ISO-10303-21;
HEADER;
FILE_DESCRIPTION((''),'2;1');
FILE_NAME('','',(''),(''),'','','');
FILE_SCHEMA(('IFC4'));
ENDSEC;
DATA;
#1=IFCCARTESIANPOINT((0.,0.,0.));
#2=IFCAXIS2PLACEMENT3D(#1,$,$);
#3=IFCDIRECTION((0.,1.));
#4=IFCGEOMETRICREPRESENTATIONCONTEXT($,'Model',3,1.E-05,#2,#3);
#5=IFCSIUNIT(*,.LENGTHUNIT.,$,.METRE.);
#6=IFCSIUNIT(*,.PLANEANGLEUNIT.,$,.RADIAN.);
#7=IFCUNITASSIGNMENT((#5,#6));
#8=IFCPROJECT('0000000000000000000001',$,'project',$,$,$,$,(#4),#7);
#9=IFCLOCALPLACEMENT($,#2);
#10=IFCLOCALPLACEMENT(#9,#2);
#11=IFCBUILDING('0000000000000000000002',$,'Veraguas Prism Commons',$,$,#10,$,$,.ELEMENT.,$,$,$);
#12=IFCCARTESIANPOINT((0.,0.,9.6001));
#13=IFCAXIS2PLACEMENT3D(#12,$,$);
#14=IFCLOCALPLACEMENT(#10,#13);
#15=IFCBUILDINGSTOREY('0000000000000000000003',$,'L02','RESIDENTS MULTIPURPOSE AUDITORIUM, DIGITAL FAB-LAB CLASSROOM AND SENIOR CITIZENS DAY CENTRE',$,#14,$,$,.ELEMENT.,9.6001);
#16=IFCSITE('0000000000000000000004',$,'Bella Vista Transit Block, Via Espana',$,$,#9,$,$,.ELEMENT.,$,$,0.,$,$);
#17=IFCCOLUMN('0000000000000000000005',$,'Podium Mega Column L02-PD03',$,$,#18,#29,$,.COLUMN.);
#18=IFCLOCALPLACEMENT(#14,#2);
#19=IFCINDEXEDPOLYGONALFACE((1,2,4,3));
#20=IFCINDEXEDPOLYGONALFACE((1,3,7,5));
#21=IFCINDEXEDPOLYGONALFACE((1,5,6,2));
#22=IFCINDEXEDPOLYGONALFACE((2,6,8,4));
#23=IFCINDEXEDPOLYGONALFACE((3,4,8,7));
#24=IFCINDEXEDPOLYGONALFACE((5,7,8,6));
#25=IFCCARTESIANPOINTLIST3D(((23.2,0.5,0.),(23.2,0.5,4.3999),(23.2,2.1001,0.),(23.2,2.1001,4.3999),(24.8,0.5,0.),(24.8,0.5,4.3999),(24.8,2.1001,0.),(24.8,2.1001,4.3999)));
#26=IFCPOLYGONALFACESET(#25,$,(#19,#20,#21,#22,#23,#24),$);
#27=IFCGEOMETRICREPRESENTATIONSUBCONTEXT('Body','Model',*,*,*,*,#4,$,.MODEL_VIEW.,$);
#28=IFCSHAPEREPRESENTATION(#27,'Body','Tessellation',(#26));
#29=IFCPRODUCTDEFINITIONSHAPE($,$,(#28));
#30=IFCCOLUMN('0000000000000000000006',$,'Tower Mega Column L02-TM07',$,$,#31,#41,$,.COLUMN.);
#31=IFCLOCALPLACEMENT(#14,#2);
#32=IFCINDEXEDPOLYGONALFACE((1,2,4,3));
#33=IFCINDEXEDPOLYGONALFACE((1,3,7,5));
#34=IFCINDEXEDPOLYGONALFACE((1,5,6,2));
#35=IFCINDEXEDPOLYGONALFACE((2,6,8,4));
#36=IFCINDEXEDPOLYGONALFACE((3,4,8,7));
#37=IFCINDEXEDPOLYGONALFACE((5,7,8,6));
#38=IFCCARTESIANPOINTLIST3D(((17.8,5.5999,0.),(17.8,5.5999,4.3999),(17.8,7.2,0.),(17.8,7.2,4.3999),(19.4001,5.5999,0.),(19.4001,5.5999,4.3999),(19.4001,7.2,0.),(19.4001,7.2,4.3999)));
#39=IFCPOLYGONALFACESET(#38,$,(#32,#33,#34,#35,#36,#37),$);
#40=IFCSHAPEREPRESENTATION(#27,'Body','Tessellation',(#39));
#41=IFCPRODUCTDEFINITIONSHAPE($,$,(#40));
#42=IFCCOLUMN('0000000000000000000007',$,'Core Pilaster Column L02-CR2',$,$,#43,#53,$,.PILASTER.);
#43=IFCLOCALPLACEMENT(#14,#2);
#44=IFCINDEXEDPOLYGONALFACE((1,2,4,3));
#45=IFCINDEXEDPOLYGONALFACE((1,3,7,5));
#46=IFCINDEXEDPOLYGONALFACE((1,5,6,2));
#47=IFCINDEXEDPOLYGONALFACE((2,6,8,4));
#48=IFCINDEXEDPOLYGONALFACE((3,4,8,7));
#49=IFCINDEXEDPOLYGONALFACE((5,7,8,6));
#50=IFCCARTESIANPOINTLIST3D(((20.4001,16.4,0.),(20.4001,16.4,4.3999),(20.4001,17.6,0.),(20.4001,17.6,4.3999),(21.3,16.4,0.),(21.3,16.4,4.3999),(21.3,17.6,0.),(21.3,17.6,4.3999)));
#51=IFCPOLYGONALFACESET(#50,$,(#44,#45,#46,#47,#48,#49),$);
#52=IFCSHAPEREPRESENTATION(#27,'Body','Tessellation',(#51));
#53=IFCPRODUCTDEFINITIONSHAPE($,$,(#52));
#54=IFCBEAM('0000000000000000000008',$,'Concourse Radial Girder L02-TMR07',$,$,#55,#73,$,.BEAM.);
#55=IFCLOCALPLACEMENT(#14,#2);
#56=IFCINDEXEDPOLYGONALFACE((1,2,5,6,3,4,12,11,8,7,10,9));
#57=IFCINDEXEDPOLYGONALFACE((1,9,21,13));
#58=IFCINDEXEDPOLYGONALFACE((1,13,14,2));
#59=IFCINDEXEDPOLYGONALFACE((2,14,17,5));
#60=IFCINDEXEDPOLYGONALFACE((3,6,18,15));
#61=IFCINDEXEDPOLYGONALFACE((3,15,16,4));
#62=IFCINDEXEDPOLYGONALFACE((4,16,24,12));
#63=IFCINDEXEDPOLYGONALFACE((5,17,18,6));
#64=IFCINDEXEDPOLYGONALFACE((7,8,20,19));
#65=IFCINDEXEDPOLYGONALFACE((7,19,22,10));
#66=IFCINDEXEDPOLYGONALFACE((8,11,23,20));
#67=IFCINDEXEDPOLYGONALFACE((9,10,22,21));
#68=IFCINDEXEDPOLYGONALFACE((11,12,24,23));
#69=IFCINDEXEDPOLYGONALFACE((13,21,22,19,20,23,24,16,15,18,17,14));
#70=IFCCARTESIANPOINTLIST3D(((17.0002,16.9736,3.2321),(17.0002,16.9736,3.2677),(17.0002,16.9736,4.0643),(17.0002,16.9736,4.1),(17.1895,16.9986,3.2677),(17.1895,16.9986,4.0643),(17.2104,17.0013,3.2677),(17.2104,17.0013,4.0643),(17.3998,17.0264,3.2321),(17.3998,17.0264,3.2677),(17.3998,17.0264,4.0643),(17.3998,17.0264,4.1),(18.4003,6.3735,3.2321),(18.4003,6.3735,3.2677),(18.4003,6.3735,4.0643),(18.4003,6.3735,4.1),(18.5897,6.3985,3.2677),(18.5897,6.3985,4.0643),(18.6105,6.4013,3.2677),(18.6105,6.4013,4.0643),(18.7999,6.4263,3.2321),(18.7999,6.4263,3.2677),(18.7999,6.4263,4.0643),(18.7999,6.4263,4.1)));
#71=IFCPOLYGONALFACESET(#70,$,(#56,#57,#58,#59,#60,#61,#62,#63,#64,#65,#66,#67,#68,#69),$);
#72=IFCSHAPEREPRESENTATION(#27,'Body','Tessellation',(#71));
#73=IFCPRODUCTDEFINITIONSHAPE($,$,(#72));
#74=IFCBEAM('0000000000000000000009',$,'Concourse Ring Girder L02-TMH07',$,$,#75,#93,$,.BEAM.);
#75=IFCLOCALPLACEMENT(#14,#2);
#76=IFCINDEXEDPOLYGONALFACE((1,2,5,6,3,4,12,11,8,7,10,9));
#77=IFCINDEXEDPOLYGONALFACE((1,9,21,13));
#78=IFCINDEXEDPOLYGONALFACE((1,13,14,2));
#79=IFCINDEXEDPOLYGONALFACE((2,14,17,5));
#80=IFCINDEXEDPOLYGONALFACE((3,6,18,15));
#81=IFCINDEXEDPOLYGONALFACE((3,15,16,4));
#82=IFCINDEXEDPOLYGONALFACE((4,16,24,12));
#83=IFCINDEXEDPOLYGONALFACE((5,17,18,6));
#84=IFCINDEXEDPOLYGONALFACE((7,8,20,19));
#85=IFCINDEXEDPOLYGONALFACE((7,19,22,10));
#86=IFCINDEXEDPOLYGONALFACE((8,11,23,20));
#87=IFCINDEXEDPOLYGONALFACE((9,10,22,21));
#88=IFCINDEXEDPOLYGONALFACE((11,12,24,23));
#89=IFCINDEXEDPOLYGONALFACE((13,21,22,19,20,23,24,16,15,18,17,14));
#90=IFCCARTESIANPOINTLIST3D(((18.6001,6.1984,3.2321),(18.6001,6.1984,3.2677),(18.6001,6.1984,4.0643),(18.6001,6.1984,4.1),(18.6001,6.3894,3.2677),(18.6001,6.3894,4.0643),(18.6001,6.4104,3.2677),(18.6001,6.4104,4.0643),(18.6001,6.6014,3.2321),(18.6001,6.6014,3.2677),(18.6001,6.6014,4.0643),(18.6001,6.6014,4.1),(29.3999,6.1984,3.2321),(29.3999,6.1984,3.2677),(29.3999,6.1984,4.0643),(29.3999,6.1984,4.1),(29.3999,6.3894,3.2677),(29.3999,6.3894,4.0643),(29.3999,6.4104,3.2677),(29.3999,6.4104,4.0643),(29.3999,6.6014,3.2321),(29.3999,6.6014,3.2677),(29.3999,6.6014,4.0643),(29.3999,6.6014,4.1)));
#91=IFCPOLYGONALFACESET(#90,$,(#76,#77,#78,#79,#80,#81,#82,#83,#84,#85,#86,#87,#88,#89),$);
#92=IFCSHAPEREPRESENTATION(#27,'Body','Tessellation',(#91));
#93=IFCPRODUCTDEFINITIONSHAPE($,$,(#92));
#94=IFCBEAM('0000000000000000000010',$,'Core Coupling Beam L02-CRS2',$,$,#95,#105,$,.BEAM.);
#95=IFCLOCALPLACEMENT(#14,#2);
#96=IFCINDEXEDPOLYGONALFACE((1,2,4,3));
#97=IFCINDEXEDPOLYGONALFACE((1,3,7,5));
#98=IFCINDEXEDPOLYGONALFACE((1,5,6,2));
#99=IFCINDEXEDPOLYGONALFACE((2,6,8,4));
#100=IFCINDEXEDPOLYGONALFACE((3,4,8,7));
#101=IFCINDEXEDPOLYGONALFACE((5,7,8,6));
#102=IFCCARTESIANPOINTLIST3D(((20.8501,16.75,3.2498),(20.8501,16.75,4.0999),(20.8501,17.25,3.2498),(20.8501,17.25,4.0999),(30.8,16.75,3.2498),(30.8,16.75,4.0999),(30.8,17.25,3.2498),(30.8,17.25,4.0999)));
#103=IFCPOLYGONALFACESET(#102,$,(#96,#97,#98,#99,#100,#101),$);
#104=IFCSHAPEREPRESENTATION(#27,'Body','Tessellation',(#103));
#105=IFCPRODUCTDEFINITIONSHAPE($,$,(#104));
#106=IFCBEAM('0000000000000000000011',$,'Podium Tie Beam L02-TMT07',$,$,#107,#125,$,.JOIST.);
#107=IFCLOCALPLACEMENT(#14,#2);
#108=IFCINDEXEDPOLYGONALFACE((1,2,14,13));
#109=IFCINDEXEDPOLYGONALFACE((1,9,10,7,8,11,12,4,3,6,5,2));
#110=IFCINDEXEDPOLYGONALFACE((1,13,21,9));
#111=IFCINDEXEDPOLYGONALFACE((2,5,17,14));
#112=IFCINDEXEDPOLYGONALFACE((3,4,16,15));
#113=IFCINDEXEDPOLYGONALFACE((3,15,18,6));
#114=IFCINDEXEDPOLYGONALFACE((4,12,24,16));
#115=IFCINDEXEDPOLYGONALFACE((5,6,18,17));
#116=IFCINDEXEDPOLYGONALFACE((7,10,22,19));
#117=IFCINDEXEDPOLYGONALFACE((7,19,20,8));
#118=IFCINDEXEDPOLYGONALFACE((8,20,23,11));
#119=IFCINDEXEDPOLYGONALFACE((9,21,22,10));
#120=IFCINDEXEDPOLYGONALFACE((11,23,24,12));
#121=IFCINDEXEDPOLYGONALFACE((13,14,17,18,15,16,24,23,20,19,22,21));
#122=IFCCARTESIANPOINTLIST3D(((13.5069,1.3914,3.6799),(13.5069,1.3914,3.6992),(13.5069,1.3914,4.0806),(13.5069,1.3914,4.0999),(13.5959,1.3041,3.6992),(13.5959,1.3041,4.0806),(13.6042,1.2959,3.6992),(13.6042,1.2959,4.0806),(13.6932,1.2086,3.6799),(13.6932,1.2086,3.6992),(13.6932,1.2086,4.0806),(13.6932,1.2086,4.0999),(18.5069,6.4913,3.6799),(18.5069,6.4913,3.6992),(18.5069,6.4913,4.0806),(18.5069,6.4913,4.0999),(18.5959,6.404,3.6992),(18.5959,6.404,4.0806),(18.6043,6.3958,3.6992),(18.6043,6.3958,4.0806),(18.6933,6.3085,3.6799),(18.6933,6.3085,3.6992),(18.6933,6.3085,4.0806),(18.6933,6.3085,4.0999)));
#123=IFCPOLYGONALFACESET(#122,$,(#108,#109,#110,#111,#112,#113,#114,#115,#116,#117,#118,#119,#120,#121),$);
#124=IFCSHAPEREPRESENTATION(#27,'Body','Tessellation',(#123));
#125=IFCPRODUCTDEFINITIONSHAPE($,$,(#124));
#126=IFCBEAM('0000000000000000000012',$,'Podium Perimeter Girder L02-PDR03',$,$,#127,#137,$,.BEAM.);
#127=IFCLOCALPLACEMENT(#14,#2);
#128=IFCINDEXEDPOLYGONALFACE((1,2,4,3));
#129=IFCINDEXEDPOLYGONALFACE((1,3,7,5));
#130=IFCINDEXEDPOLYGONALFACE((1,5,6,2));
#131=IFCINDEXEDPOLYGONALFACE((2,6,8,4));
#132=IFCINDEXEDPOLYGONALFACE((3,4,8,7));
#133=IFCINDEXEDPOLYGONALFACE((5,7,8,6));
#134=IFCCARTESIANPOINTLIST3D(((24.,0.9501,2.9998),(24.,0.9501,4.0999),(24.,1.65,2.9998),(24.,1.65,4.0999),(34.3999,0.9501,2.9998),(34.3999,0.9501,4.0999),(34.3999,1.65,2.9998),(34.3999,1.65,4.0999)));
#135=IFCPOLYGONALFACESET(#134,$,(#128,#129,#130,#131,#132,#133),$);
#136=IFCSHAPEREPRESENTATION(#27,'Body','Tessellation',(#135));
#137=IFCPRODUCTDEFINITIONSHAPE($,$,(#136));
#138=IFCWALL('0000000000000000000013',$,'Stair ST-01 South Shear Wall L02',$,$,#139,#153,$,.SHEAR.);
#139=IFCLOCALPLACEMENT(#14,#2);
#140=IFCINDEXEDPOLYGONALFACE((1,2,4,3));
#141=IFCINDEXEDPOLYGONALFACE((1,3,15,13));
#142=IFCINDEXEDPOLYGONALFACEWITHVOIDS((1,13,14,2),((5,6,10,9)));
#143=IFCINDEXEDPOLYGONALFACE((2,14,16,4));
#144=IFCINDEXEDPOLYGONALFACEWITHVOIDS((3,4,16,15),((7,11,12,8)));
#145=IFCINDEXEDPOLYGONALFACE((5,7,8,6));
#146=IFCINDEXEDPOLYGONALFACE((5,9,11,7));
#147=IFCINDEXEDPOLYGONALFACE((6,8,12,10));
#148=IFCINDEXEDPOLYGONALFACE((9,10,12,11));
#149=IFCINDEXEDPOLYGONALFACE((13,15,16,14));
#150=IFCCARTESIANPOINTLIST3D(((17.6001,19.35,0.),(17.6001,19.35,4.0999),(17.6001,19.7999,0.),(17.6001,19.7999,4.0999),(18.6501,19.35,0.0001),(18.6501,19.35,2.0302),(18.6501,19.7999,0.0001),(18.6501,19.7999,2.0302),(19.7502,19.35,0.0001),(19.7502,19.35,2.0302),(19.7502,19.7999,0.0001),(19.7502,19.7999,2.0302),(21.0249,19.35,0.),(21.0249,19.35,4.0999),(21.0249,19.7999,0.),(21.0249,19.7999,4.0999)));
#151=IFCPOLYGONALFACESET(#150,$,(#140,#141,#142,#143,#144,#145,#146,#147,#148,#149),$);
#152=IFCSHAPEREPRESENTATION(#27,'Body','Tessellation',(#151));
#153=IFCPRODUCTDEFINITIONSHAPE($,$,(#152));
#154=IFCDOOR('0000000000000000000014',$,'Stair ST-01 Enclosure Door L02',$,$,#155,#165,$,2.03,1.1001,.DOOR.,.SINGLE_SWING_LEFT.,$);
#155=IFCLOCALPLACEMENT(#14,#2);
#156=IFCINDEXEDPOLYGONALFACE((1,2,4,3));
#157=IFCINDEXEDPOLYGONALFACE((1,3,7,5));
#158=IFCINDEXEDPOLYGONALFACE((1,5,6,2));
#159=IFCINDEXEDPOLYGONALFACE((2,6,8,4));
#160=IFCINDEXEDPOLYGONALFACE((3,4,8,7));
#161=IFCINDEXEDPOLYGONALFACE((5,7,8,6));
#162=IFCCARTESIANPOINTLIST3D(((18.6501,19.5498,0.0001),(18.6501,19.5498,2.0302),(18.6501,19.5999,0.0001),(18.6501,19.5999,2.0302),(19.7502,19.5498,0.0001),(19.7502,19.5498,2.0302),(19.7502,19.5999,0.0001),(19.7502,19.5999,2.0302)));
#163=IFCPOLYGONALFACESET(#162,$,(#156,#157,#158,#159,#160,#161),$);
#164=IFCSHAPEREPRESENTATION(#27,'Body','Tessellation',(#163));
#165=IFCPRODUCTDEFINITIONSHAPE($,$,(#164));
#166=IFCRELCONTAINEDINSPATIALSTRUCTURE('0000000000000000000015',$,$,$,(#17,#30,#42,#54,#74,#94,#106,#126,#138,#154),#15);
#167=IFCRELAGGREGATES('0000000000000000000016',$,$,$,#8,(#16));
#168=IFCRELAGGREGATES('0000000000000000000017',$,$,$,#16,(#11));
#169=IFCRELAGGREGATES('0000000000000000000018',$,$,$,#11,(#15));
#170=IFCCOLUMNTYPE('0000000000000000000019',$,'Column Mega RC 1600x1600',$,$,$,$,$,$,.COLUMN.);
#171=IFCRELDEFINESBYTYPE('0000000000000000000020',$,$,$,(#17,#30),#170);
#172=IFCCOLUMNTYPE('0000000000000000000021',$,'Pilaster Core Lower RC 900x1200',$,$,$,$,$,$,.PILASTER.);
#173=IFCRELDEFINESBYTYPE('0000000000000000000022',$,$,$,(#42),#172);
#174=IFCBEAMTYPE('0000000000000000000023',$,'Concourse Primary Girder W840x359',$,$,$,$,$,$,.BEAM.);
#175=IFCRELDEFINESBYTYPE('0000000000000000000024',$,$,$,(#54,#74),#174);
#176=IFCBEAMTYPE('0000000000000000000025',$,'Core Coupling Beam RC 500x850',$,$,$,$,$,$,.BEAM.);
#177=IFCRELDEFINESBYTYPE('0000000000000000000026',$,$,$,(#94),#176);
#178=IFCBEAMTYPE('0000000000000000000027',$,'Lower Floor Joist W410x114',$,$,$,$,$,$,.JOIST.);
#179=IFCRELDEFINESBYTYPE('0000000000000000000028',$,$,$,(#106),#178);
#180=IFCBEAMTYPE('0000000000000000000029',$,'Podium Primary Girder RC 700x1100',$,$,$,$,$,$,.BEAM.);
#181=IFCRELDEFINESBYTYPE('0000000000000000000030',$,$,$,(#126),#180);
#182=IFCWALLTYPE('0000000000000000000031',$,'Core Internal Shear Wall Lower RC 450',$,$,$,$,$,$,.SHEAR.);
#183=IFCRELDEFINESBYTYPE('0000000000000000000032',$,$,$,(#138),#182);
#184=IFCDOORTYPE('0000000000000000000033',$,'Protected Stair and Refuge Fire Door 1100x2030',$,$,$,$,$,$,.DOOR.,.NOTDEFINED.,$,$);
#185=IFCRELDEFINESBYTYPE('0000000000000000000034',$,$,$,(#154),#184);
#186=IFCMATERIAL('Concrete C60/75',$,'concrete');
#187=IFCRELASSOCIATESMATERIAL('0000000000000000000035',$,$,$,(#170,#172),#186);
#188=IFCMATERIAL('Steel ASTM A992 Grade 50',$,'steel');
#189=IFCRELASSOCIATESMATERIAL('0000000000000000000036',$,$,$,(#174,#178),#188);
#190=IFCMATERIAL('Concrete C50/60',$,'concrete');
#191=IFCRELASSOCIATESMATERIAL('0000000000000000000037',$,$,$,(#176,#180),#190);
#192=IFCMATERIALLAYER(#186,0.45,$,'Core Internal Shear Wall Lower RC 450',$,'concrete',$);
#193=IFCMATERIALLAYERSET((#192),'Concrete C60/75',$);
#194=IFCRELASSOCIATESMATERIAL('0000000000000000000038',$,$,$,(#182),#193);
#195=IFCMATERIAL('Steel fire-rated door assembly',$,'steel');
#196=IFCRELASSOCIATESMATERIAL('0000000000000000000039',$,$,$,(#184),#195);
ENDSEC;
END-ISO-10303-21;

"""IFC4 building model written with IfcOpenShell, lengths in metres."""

from ifc_helpers import new_model, si_unit, direction, frame, frame_2d, origin, origin_2d, place, context, subcontext, project, spatial, rectangle, i_section, extrude, source, transform, mapped, material, layer, layer_set, material_profile, profile_set, type_object, element, fill, save


model = new_model("IFC4")

# Units and contexts
model_context = context("Model", 3, precision=1e-05, world=origin(), true_north=direction((0.0, 1.0)))
body_context = subcontext(model_context, "Body", "Model", "MODEL_VIEW")
ifc_project = project(units=[si_unit("LENGTHUNIT", "METRE"), si_unit("PLANEANGLEUNIT", "RADIAN")], contexts=[model_context])

# Site, building, storey
site_placement = place(None, origin())
site = spatial("IfcSite", under=ifc_project, at=site_placement, Name="Bella Vista Transit Block, Via Espana", CompositionType="ELEMENT", RefElevation=0.0)
building_placement = place(site_placement, origin())
building = spatial("IfcBuilding", under=site, at=building_placement, Name="Veraguas Prism Commons", CompositionType="ELEMENT")
storey_placement = place(building_placement, frame((0.0, 0.0, 9.6001)))
storey = spatial("IfcBuildingStorey", under=building, at=storey_placement, Name="L02", Description="RESIDENTS MULTIPURPOSE AUDITORIUM, DIGITAL FAB-LAB CLASSROOM AND SENIOR CITIZENS DAY CENTRE", CompositionType="ELEMENT", Elevation=9.6001)

# Columns
ifc_material_1 = material(Name="Concrete C60/75", Category="concrete")
ifc_material_profile_1 = material_profile(ifc_material_1, rectangle(XDim=1.6001, YDim=1.6001, at=origin_2d()), Name="RC1600X1600")
ifc_profile_set_1 = profile_set([ifc_material_profile_1], Name="Concrete C60/75")
column_type_1 = type_object("IfcColumnType", Name="Column Mega RC 1600x1600", PredefinedType="COLUMN", material=ifc_profile_set_1)
for number, where, z_axis, x_axis, name in (
    (1, (24.0, 1.3, 0.0), (0.0, 0.0, 1.0), (1.0, 0.0, 0.0), "Podium Mega Column L02-PD03"),
    (2, (18.6001, 6.3999, 0.0), (0.0, 0.0, 1.0), (1.0, 0.0, 0.0), "Tower Mega Column L02-TM07"),
):
    element("IfcColumn", number, at=place(storey_placement, frame(where, z_axis=z_axis, x_axis=x_axis)), inside=storey, type_object=column_type_1, Name=name, PredefinedType="COLUMN", context=body_context, shape_type="SweptSolid", body=[
        extrude(rectangle(XDim=1.6001, YDim=1.6001, at=origin_2d()), origin(), (0.0, 0.0, 1.0), 4.3999),
    ])
ifc_material_profile_2 = material_profile(ifc_material_1, rectangle(XDim=0.8999, YDim=1.2, at=origin_2d()), Name="RC900X1200")
ifc_profile_set_2 = profile_set([ifc_material_profile_2], Name="Concrete C60/75")
column_type_2 = type_object("IfcColumnType", Name="Pilaster Core Lower RC 900x1200", PredefinedType="PILASTER", material=ifc_profile_set_2)
column_placement = place(storey_placement, frame((20.8501, 17.0, 0.0), z_axis=(0.0, 0.0, 1.0), x_axis=(1.0, 0.0, 0.0)))
element("IfcColumn", 3, at=column_placement, inside=storey, type_object=column_type_2, Name="Core Pilaster Column L02-CR2", PredefinedType="PILASTER", context=body_context, shape_type="SweptSolid", body=[
    extrude(rectangle(XDim=0.8999, YDim=1.2, at=origin_2d()), origin(), (0.0, 0.0, 1.0), 4.3999),
])

# Beams
ifc_material_2 = material(Name="Steel ASTM A992 Grade 50", Category="steel")
ifc_material_profile_3 = material_profile(ifc_material_2, i_section(OverallWidth=0.4031, OverallDepth=0.8679, WebThickness=0.021, FlangeThickness=0.0356, at=origin_2d()), Name="W840X359")
ifc_profile_set_3 = profile_set([ifc_material_profile_3], Name="Steel ASTM A992 Grade 50")
beam_type_1 = type_object("IfcBeamType", Name="Concourse Primary Girder W840x359", PredefinedType="BEAM", material=ifc_profile_set_3)
beam_1_placement = place(storey_placement, frame((18.6001, 6.3999, 3.666), z_axis=(-0.130951, 0.991389, 0.0), x_axis=(-0.991389, -0.130951, 0.0)))
element("IfcBeam", 4, at=beam_1_placement, inside=storey, type_object=beam_type_1, Name="Concourse Radial Girder L02-TMR07", PredefinedType="BEAM", context=body_context, shape_type="SweptSolid", body=[
    extrude(i_section(OverallWidth=0.4031, OverallDepth=0.8679, WebThickness=0.021, FlangeThickness=0.0356, at=origin_2d()), origin(), (0.0, 0.0, 1.0), 10.6921),
])
beam_2_placement = place(storey_placement, frame((18.6001, 6.3999, 3.666), z_axis=(1.0, 0.0, 0.0), x_axis=(0.0, 1.0, 0.0)))
element("IfcBeam", 5, at=beam_2_placement, inside=storey, type_object=beam_type_1, Name="Concourse Ring Girder L02-TMH07", PredefinedType="BEAM", context=body_context, shape_type="SweptSolid", body=[
    extrude(i_section(OverallWidth=0.4031, OverallDepth=0.8679, WebThickness=0.021, FlangeThickness=0.0356, at=origin_2d()), origin(), (0.0, 0.0, 1.0), 10.7998),
])
ifc_material_3 = material(Name="Concrete C50/60", Category="concrete")
ifc_material_profile_4 = material_profile(ifc_material_3, rectangle(XDim=0.5, YDim=0.8501, at=origin_2d()), Name="RC500X850")
ifc_profile_set_4 = profile_set([ifc_material_profile_4], Name="Concrete C50/60")
beam_type_2 = type_object("IfcBeamType", Name="Core Coupling Beam RC 500x850", PredefinedType="BEAM", material=ifc_profile_set_4)
beam_3_placement = place(storey_placement, frame((20.8501, 17.0, 3.6748), z_axis=(1.0, 0.0, 0.0), x_axis=(0.0, 1.0, 0.0)))
element("IfcBeam", 6, at=beam_3_placement, inside=storey, type_object=beam_type_2, Name="Core Coupling Beam L02-CRS2", PredefinedType="BEAM", context=body_context, shape_type="SweptSolid", body=[
    extrude(rectangle(XDim=0.5, YDim=0.8501, at=origin_2d()), origin(), (0.0, 0.0, 1.0), 9.95),
])
ifc_material_profile_5 = material_profile(ifc_material_2, i_section(OverallWidth=0.261, OverallDepth=0.4199, WebThickness=0.0117, FlangeThickness=0.0193, at=origin_2d()), Name="W410X114")
ifc_profile_set_5 = profile_set([ifc_material_profile_5], Name="Steel ASTM A992 Grade 50")
beam_type_3 = type_object("IfcBeamType", Name="Lower Floor Joist W410x114", PredefinedType="JOIST", material=ifc_profile_set_5)
beam_4_placement = place(storey_placement, frame((18.6001, 6.3999, 3.8899), z_axis=(-0.700082, -0.714063, 0.0), x_axis=(0.714063, -0.700082, 0.0)))
element("IfcBeam", 7, at=beam_4_placement, inside=storey, type_object=beam_type_3, Name="Podium Tie Beam L02-TMT07", PredefinedType="JOIST", context=body_context, shape_type="SweptSolid", body=[
    extrude(i_section(OverallWidth=0.261, OverallDepth=0.4199, WebThickness=0.0117, FlangeThickness=0.0193, at=origin_2d()), origin(), (0.0, 0.0, 1.0), 7.1421),
])
ifc_material_profile_6 = material_profile(ifc_material_3, rectangle(XDim=0.7, YDim=1.1001, at=origin_2d()), Name="RC700X1100")
ifc_profile_set_6 = profile_set([ifc_material_profile_6], Name="Concrete C50/60")
beam_type_4 = type_object("IfcBeamType", Name="Podium Primary Girder RC 700x1100", PredefinedType="BEAM", material=ifc_profile_set_6)
beam_5_placement = place(storey_placement, frame((24.0, 1.3, 3.5498), z_axis=(1.0, 0.0, 0.0), x_axis=(0.0, 1.0, 0.0)))
element("IfcBeam", 8, at=beam_5_placement, inside=storey, type_object=beam_type_4, Name="Podium Perimeter Girder L02-PDR03", PredefinedType="BEAM", context=body_context, shape_type="SweptSolid", body=[
    extrude(rectangle(XDim=0.7, YDim=1.1001, at=origin_2d()), origin(), (0.0, 0.0, 1.0), 10.3999),
])

# Wall, opening, door
ifc_layer_1 = layer(ifc_material_1, 0.45, Name="Core Internal Shear Wall Lower RC 450", Category="concrete")
ifc_layer_set_1 = layer_set([ifc_layer_1], Name="Concrete C60/75")
wall_type_1 = type_object("IfcWallType", Name="Core Internal Shear Wall Lower RC 450", PredefinedType="SHEAR", material=ifc_layer_set_1)
wall_1_placement = place(storey_placement, frame((17.6001, 19.575, 0.0), z_axis=(0.0, 0.0, 1.0), x_axis=(1.0, 0.0, 0.0)))
wall_1 = element("IfcWall", 9, at=wall_1_placement, inside=storey, type_object=wall_type_1, Name="Stair ST-01 South Shear Wall L02", PredefinedType="SHEAR", context=body_context, shape_type="SweptSolid", body=[
    extrude(rectangle(XDim=3.4248, YDim=0.45, at=frame_2d((1.7124, 0.0))), origin(), (0.0, 0.0, 1.0), 4.0999),
])
opening_1_placement = place(wall_1_placement, frame((1.05, 0.0, 0.0)))
opening_1 = element("IfcOpeningElement", 10, at=opening_1_placement, cuts=wall_1, PredefinedType="OPENING", context=body_context, shape_type="SweptSolid", body=[
    extrude(rectangle(XDim=1.1001, YDim=2.03, at=frame_2d((0.55, 1.0151))), frame((0.0, 0.2349, 0.0), z_axis=(0.0, -1.0, 0.0), x_axis=(1.0, 0.0, 0.0)), (0.0, 0.0, 1.0), 0.47),
])
ifc_material_4 = material(Name="Steel fire-rated door assembly", Category="steel")
door_type_1 = type_object("IfcDoorType", Name="Protected Stair and Refuge Fire Door 1100x2030", OperationType="NOTDEFINED", PredefinedType="DOOR", material=ifc_material_4)
shared_shape_1 = source(origin(), body_context, "Body", "SweptSolid", [
    extrude(rectangle(XDim=1.1001, YDim=2.03, at=frame_2d((0.55, 1.0151))), frame((0.0, 0.0249, 0.0), z_axis=(0.0, -1.0, 0.0), x_axis=(1.0, 0.0, 0.0)), (0.0, 0.0, 1.0), 0.05),
])
door_1_placement = place(opening_1_placement, origin())
door_1 = element("IfcDoor", 11, at=door_1_placement, inside=storey, type_object=door_type_1, Name="Stair ST-01 Enclosure Door L02", OperationType="SINGLE_SWING_LEFT", OverallHeight=2.03, OverallWidth=1.1001, PredefinedType="DOOR", context=body_context, shape_type="MappedRepresentation", body=[
    mapped(shared_shape_1, transform((0.0, 0.0, 0.0), scale=1.0)),
])
fill(opening_1, door_1)

save(model, "model.ifc")
